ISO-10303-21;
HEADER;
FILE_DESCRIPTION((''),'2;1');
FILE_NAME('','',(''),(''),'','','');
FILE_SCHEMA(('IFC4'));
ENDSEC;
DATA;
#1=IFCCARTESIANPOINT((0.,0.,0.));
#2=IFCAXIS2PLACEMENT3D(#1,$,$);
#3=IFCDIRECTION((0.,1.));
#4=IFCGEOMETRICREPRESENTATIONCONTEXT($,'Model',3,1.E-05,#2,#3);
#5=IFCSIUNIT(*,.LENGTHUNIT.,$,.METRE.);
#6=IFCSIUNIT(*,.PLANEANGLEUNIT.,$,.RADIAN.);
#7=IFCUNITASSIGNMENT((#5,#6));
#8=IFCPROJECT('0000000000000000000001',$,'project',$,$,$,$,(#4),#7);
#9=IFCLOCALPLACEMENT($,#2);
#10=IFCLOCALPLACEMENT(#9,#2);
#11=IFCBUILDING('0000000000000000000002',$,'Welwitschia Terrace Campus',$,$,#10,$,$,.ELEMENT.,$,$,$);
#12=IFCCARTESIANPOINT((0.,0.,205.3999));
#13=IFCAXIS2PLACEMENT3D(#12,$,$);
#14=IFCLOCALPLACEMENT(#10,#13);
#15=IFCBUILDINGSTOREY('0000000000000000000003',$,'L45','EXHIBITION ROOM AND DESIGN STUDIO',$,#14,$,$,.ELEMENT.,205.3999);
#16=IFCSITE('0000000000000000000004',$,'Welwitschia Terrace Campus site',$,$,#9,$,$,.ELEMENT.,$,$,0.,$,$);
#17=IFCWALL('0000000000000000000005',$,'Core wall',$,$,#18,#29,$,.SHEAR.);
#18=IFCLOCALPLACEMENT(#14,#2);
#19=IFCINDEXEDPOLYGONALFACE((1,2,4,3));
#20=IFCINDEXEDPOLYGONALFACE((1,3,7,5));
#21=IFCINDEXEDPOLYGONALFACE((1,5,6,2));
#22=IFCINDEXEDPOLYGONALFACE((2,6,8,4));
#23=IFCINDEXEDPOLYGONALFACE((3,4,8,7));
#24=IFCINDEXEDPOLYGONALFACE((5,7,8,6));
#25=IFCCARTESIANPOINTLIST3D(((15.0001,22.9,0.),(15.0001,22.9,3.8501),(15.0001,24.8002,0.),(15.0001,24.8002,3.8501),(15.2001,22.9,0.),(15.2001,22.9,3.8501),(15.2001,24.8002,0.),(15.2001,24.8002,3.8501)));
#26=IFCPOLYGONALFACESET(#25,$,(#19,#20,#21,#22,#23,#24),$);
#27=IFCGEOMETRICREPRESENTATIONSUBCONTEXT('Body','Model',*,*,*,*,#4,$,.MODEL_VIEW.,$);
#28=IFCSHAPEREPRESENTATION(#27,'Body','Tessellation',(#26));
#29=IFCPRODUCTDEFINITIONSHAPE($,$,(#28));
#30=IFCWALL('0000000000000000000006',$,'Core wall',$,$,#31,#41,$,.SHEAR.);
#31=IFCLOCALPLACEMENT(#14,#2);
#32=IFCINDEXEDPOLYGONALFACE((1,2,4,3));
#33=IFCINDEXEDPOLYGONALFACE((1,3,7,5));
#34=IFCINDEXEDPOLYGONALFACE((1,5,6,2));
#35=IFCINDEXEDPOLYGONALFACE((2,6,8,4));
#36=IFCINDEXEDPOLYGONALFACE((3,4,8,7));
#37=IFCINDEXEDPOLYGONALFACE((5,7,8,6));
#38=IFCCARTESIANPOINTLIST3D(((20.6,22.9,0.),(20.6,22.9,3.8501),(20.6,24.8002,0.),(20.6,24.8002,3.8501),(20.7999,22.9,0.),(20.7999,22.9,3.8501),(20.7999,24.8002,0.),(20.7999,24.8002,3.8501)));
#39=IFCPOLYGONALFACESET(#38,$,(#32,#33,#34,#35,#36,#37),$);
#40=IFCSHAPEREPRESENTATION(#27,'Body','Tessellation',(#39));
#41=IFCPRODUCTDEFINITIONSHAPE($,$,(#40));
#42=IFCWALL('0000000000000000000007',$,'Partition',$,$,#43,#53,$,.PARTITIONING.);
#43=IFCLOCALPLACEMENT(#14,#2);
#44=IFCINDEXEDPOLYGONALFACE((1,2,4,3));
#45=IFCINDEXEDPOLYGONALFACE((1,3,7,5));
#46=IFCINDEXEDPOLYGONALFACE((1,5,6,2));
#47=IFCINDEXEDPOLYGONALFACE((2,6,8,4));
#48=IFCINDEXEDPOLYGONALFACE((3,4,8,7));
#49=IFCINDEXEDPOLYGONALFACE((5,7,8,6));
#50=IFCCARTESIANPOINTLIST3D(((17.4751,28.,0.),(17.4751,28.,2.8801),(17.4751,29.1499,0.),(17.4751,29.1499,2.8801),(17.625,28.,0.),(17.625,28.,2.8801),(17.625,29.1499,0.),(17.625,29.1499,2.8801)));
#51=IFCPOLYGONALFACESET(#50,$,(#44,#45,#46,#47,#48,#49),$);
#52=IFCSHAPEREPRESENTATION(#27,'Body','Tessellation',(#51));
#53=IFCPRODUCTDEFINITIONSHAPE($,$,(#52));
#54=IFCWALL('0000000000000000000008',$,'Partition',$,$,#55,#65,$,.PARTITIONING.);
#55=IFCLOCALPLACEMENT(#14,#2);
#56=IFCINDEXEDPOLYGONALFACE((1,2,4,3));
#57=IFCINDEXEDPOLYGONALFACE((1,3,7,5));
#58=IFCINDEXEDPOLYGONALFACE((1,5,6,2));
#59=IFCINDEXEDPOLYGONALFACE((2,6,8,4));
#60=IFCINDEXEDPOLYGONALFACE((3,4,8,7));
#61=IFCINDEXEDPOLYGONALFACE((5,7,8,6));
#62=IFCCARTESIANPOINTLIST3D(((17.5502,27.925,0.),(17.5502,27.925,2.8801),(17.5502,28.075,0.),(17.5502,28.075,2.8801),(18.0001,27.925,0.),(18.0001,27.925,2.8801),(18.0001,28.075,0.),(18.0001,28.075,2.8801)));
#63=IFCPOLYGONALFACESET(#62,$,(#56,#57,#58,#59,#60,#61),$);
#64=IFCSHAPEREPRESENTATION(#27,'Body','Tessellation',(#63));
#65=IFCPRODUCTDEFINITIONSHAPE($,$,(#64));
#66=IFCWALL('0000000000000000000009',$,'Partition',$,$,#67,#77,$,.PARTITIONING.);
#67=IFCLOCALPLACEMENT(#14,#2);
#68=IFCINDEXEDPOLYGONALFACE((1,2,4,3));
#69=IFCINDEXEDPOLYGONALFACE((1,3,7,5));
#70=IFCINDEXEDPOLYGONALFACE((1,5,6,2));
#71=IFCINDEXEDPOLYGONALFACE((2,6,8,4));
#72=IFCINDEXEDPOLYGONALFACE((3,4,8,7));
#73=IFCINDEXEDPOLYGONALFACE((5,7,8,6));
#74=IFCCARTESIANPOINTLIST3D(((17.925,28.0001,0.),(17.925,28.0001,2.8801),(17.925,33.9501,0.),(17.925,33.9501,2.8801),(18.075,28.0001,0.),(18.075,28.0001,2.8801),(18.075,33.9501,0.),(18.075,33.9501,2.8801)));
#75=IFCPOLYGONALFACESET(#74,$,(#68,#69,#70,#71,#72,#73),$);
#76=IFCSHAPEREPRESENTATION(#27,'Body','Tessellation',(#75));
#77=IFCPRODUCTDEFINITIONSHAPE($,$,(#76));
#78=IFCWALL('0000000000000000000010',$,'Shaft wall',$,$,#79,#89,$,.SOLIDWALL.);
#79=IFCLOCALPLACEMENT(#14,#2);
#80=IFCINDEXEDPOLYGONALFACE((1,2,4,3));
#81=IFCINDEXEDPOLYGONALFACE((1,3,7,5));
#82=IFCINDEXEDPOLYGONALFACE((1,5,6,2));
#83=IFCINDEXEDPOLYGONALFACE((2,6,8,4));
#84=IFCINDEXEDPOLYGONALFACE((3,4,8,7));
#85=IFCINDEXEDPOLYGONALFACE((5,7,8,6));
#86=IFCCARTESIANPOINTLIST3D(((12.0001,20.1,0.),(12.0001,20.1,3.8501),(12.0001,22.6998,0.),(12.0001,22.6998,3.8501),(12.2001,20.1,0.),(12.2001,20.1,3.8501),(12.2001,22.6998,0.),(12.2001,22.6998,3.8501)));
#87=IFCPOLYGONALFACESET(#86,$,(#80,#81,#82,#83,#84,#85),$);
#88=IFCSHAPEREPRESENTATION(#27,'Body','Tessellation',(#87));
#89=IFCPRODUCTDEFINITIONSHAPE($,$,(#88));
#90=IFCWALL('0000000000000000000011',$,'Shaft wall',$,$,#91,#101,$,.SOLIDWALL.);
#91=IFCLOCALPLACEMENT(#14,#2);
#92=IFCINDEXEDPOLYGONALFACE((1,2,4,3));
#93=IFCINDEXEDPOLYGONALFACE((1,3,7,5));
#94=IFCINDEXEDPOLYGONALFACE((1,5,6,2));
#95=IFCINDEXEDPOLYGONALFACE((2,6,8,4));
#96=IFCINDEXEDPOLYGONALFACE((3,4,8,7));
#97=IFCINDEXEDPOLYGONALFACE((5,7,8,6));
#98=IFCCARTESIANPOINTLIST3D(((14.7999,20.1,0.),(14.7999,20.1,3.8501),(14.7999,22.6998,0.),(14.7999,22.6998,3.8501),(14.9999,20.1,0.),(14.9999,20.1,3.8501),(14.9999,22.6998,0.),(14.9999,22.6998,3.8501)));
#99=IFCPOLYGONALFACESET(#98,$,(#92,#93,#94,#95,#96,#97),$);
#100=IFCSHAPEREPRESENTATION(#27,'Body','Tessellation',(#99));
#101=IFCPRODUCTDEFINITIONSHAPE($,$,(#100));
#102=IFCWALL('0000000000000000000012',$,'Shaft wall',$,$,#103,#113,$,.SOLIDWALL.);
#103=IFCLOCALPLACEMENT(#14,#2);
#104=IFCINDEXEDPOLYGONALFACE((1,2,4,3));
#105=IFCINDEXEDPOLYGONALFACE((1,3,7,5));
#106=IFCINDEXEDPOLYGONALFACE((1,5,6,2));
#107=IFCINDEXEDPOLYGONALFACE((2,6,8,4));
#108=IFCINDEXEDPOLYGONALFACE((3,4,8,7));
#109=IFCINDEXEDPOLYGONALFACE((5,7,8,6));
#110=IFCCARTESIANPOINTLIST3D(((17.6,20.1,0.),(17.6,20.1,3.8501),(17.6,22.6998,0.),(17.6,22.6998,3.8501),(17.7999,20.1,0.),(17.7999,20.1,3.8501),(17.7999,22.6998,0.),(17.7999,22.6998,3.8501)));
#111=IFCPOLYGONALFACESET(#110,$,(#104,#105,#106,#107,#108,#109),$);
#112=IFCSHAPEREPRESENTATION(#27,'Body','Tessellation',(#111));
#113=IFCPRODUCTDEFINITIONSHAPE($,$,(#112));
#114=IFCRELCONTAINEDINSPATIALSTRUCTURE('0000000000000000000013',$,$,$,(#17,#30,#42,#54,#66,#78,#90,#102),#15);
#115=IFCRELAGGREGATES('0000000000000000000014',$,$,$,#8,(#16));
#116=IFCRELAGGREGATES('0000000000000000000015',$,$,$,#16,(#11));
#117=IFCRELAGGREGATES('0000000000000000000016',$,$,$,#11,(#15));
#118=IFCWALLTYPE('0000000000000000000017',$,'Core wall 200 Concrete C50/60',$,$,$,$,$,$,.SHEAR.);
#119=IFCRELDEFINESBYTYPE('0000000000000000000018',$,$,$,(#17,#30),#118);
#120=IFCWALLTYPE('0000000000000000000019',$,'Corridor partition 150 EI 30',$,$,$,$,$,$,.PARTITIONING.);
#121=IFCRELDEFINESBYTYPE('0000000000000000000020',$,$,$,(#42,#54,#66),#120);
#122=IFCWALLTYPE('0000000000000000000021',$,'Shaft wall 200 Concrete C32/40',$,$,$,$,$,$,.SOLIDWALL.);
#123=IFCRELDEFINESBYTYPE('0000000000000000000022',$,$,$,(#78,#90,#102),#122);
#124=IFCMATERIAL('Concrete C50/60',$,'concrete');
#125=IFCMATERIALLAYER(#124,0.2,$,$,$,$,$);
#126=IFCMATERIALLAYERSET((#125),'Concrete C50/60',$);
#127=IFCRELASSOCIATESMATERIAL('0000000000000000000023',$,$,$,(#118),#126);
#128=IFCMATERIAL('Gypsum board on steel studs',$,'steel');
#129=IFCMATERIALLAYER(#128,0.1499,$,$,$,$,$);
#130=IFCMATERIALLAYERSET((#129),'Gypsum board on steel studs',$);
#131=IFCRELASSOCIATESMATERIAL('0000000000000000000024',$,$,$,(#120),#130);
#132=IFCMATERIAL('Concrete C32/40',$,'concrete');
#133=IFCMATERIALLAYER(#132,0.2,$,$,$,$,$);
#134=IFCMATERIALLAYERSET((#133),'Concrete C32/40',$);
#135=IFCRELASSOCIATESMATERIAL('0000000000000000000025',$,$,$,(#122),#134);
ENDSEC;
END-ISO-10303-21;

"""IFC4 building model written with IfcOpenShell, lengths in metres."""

from ifc_helpers import new_model, si_unit, direction, frame, frame_2d, origin, place, context, subcontext, project, spatial, rectangle, extrude, material, layer, layer_set, type_object, element, save


model = new_model("IFC4")

# Units and contexts
model_context = context("Model", 3, precision=1e-05, world=origin(), true_north=direction((0.0, 1.0)))
body_context = subcontext(model_context, "Body", "Model", "MODEL_VIEW")
ifc_project = project(units=[si_unit("LENGTHUNIT", "METRE"), si_unit("PLANEANGLEUNIT", "RADIAN")], contexts=[model_context])

# Site, building, storey
site_placement = place(None, origin())
site = spatial("IfcSite", under=ifc_project, at=site_placement, Name="Welwitschia Terrace Campus site", CompositionType="ELEMENT", RefElevation=0.0)
building_placement = place(site_placement, origin())
building = spatial("IfcBuilding", under=site, at=building_placement, Name="Welwitschia Terrace Campus", CompositionType="ELEMENT")
storey_placement = place(building_placement, frame((0.0, 0.0, 205.3999)))
storey = spatial("IfcBuildingStorey", under=building, at=storey_placement, Name="L45", Description="EXHIBITION ROOM AND DESIGN STUDIO", CompositionType="ELEMENT", Elevation=205.3999)

# Walls
ifc_material_1 = material(Name="Concrete C50/60", Category="concrete")
ifc_layer_1 = layer(ifc_material_1, 0.2)
ifc_layer_set_1 = layer_set([ifc_layer_1], Name="Concrete C50/60")
wall_type_1 = type_object("IfcWallType", Name="Core wall 200 Concrete C50/60", PredefinedType="SHEAR", material=ifc_layer_set_1)
for number, where, z_axis, x_axis, name in (
    (1, (15.1001, 22.8999, 0.0), (0.0, 0.0, 1.0), (0.0, 1.0, 0.0), "Core wall"),
    (2, (20.7, 22.8999, 0.0), (0.0, 0.0, 1.0), (0.0, 1.0, 0.0), "Core wall"),
):
    element("IfcWall", number, at=place(storey_placement, frame(where, z_axis=z_axis, x_axis=x_axis)), inside=storey, type_object=wall_type_1, Name=name, PredefinedType="SHEAR", context=body_context, shape_type="SweptSolid", body=[
        extrude(rectangle(XDim=1.9001, YDim=0.2, at=frame_2d((0.9502, 0.0))), origin(), (0.0, 0.0, 1.0), 3.8501),
    ])
ifc_material_2 = material(Name="Gypsum board on steel studs", Category="steel")
ifc_layer_2 = layer(ifc_material_2, 0.1499)
ifc_layer_set_2 = layer_set([ifc_layer_2], Name="Gypsum board on steel studs")
wall_type_2 = type_object("IfcWallType", Name="Corridor partition 150 EI 30", PredefinedType="PARTITIONING", material=ifc_layer_set_2)
wall_1_placement = place(storey_placement, frame((17.55, 28.0, 0.0), z_axis=(0.0, 0.0, 1.0), x_axis=(0.0, 1.0, 0.0)))
element("IfcWall", 3, at=wall_1_placement, inside=storey, type_object=wall_type_2, Name="Partition", PredefinedType="PARTITIONING", context=body_context, shape_type="SweptSolid", body=[
    extrude(rectangle(XDim=1.1499, YDim=0.1499, at=frame_2d((0.575, 0.0))), origin(), (0.0, 0.0, 1.0), 2.8801),
])
wall_2_placement = place(storey_placement, frame((17.55, 28.0, 0.0), z_axis=(0.0, 0.0, 1.0), x_axis=(1.0, 0.0, 0.0)))
element("IfcWall", 4, at=wall_2_placement, inside=storey, type_object=wall_type_2, Name="Partition", PredefinedType="PARTITIONING", context=body_context, shape_type="SweptSolid", body=[
    extrude(rectangle(XDim=0.45, YDim=0.1499, at=frame_2d((0.2251, 0.0))), origin(), (0.0, 0.0, 1.0), 2.8801),
])
wall_3_placement = place(storey_placement, frame((18.0, 28.0, 0.0), z_axis=(0.0, 0.0, 1.0), x_axis=(0.0, 1.0, 0.0)))
element("IfcWall", 5, at=wall_3_placement, inside=storey, type_object=wall_type_2, Name="Partition", PredefinedType="PARTITIONING", context=body_context, shape_type="SweptSolid", body=[
    extrude(rectangle(XDim=5.95, YDim=0.1499, at=frame_2d((2.9751, 0.0))), origin(), (0.0, 0.0, 1.0), 2.8801),
])
ifc_material_3 = material(Name="Concrete C32/40", Category="concrete")
ifc_layer_3 = layer(ifc_material_3, 0.2)
ifc_layer_set_3 = layer_set([ifc_layer_3], Name="Concrete C32/40")
wall_type_3 = type_object("IfcWallType", Name="Shaft wall 200 Concrete C32/40", PredefinedType="SOLIDWALL", material=ifc_layer_set_3)
for number, where, z_axis, x_axis, name in (
    (6, (12.1001, 20.1001, 0.0), (0.0, 0.0, 1.0), (0.0, 1.0, 0.0), "Shaft wall"),
    (7, (14.8999, 20.1001, 0.0), (0.0, 0.0, 1.0), (0.0, 1.0, 0.0), "Shaft wall"),
    (8, (17.7, 20.1001, 0.0), (0.0, 0.0, 1.0), (0.0, 1.0, 0.0), "Shaft wall"),
):
    element("IfcWall", number, at=place(storey_placement, frame(where, z_axis=z_axis, x_axis=x_axis)), inside=storey, type_object=wall_type_3, Name=name, PredefinedType="SOLIDWALL", context=body_context, shape_type="SweptSolid", body=[
        extrude(rectangle(XDim=2.5999, YDim=0.2, at=frame_2d((1.2998, 0.0))), origin(), (0.0, 0.0, 1.0), 3.8501),
    ])

save(model, "model.ifc")
